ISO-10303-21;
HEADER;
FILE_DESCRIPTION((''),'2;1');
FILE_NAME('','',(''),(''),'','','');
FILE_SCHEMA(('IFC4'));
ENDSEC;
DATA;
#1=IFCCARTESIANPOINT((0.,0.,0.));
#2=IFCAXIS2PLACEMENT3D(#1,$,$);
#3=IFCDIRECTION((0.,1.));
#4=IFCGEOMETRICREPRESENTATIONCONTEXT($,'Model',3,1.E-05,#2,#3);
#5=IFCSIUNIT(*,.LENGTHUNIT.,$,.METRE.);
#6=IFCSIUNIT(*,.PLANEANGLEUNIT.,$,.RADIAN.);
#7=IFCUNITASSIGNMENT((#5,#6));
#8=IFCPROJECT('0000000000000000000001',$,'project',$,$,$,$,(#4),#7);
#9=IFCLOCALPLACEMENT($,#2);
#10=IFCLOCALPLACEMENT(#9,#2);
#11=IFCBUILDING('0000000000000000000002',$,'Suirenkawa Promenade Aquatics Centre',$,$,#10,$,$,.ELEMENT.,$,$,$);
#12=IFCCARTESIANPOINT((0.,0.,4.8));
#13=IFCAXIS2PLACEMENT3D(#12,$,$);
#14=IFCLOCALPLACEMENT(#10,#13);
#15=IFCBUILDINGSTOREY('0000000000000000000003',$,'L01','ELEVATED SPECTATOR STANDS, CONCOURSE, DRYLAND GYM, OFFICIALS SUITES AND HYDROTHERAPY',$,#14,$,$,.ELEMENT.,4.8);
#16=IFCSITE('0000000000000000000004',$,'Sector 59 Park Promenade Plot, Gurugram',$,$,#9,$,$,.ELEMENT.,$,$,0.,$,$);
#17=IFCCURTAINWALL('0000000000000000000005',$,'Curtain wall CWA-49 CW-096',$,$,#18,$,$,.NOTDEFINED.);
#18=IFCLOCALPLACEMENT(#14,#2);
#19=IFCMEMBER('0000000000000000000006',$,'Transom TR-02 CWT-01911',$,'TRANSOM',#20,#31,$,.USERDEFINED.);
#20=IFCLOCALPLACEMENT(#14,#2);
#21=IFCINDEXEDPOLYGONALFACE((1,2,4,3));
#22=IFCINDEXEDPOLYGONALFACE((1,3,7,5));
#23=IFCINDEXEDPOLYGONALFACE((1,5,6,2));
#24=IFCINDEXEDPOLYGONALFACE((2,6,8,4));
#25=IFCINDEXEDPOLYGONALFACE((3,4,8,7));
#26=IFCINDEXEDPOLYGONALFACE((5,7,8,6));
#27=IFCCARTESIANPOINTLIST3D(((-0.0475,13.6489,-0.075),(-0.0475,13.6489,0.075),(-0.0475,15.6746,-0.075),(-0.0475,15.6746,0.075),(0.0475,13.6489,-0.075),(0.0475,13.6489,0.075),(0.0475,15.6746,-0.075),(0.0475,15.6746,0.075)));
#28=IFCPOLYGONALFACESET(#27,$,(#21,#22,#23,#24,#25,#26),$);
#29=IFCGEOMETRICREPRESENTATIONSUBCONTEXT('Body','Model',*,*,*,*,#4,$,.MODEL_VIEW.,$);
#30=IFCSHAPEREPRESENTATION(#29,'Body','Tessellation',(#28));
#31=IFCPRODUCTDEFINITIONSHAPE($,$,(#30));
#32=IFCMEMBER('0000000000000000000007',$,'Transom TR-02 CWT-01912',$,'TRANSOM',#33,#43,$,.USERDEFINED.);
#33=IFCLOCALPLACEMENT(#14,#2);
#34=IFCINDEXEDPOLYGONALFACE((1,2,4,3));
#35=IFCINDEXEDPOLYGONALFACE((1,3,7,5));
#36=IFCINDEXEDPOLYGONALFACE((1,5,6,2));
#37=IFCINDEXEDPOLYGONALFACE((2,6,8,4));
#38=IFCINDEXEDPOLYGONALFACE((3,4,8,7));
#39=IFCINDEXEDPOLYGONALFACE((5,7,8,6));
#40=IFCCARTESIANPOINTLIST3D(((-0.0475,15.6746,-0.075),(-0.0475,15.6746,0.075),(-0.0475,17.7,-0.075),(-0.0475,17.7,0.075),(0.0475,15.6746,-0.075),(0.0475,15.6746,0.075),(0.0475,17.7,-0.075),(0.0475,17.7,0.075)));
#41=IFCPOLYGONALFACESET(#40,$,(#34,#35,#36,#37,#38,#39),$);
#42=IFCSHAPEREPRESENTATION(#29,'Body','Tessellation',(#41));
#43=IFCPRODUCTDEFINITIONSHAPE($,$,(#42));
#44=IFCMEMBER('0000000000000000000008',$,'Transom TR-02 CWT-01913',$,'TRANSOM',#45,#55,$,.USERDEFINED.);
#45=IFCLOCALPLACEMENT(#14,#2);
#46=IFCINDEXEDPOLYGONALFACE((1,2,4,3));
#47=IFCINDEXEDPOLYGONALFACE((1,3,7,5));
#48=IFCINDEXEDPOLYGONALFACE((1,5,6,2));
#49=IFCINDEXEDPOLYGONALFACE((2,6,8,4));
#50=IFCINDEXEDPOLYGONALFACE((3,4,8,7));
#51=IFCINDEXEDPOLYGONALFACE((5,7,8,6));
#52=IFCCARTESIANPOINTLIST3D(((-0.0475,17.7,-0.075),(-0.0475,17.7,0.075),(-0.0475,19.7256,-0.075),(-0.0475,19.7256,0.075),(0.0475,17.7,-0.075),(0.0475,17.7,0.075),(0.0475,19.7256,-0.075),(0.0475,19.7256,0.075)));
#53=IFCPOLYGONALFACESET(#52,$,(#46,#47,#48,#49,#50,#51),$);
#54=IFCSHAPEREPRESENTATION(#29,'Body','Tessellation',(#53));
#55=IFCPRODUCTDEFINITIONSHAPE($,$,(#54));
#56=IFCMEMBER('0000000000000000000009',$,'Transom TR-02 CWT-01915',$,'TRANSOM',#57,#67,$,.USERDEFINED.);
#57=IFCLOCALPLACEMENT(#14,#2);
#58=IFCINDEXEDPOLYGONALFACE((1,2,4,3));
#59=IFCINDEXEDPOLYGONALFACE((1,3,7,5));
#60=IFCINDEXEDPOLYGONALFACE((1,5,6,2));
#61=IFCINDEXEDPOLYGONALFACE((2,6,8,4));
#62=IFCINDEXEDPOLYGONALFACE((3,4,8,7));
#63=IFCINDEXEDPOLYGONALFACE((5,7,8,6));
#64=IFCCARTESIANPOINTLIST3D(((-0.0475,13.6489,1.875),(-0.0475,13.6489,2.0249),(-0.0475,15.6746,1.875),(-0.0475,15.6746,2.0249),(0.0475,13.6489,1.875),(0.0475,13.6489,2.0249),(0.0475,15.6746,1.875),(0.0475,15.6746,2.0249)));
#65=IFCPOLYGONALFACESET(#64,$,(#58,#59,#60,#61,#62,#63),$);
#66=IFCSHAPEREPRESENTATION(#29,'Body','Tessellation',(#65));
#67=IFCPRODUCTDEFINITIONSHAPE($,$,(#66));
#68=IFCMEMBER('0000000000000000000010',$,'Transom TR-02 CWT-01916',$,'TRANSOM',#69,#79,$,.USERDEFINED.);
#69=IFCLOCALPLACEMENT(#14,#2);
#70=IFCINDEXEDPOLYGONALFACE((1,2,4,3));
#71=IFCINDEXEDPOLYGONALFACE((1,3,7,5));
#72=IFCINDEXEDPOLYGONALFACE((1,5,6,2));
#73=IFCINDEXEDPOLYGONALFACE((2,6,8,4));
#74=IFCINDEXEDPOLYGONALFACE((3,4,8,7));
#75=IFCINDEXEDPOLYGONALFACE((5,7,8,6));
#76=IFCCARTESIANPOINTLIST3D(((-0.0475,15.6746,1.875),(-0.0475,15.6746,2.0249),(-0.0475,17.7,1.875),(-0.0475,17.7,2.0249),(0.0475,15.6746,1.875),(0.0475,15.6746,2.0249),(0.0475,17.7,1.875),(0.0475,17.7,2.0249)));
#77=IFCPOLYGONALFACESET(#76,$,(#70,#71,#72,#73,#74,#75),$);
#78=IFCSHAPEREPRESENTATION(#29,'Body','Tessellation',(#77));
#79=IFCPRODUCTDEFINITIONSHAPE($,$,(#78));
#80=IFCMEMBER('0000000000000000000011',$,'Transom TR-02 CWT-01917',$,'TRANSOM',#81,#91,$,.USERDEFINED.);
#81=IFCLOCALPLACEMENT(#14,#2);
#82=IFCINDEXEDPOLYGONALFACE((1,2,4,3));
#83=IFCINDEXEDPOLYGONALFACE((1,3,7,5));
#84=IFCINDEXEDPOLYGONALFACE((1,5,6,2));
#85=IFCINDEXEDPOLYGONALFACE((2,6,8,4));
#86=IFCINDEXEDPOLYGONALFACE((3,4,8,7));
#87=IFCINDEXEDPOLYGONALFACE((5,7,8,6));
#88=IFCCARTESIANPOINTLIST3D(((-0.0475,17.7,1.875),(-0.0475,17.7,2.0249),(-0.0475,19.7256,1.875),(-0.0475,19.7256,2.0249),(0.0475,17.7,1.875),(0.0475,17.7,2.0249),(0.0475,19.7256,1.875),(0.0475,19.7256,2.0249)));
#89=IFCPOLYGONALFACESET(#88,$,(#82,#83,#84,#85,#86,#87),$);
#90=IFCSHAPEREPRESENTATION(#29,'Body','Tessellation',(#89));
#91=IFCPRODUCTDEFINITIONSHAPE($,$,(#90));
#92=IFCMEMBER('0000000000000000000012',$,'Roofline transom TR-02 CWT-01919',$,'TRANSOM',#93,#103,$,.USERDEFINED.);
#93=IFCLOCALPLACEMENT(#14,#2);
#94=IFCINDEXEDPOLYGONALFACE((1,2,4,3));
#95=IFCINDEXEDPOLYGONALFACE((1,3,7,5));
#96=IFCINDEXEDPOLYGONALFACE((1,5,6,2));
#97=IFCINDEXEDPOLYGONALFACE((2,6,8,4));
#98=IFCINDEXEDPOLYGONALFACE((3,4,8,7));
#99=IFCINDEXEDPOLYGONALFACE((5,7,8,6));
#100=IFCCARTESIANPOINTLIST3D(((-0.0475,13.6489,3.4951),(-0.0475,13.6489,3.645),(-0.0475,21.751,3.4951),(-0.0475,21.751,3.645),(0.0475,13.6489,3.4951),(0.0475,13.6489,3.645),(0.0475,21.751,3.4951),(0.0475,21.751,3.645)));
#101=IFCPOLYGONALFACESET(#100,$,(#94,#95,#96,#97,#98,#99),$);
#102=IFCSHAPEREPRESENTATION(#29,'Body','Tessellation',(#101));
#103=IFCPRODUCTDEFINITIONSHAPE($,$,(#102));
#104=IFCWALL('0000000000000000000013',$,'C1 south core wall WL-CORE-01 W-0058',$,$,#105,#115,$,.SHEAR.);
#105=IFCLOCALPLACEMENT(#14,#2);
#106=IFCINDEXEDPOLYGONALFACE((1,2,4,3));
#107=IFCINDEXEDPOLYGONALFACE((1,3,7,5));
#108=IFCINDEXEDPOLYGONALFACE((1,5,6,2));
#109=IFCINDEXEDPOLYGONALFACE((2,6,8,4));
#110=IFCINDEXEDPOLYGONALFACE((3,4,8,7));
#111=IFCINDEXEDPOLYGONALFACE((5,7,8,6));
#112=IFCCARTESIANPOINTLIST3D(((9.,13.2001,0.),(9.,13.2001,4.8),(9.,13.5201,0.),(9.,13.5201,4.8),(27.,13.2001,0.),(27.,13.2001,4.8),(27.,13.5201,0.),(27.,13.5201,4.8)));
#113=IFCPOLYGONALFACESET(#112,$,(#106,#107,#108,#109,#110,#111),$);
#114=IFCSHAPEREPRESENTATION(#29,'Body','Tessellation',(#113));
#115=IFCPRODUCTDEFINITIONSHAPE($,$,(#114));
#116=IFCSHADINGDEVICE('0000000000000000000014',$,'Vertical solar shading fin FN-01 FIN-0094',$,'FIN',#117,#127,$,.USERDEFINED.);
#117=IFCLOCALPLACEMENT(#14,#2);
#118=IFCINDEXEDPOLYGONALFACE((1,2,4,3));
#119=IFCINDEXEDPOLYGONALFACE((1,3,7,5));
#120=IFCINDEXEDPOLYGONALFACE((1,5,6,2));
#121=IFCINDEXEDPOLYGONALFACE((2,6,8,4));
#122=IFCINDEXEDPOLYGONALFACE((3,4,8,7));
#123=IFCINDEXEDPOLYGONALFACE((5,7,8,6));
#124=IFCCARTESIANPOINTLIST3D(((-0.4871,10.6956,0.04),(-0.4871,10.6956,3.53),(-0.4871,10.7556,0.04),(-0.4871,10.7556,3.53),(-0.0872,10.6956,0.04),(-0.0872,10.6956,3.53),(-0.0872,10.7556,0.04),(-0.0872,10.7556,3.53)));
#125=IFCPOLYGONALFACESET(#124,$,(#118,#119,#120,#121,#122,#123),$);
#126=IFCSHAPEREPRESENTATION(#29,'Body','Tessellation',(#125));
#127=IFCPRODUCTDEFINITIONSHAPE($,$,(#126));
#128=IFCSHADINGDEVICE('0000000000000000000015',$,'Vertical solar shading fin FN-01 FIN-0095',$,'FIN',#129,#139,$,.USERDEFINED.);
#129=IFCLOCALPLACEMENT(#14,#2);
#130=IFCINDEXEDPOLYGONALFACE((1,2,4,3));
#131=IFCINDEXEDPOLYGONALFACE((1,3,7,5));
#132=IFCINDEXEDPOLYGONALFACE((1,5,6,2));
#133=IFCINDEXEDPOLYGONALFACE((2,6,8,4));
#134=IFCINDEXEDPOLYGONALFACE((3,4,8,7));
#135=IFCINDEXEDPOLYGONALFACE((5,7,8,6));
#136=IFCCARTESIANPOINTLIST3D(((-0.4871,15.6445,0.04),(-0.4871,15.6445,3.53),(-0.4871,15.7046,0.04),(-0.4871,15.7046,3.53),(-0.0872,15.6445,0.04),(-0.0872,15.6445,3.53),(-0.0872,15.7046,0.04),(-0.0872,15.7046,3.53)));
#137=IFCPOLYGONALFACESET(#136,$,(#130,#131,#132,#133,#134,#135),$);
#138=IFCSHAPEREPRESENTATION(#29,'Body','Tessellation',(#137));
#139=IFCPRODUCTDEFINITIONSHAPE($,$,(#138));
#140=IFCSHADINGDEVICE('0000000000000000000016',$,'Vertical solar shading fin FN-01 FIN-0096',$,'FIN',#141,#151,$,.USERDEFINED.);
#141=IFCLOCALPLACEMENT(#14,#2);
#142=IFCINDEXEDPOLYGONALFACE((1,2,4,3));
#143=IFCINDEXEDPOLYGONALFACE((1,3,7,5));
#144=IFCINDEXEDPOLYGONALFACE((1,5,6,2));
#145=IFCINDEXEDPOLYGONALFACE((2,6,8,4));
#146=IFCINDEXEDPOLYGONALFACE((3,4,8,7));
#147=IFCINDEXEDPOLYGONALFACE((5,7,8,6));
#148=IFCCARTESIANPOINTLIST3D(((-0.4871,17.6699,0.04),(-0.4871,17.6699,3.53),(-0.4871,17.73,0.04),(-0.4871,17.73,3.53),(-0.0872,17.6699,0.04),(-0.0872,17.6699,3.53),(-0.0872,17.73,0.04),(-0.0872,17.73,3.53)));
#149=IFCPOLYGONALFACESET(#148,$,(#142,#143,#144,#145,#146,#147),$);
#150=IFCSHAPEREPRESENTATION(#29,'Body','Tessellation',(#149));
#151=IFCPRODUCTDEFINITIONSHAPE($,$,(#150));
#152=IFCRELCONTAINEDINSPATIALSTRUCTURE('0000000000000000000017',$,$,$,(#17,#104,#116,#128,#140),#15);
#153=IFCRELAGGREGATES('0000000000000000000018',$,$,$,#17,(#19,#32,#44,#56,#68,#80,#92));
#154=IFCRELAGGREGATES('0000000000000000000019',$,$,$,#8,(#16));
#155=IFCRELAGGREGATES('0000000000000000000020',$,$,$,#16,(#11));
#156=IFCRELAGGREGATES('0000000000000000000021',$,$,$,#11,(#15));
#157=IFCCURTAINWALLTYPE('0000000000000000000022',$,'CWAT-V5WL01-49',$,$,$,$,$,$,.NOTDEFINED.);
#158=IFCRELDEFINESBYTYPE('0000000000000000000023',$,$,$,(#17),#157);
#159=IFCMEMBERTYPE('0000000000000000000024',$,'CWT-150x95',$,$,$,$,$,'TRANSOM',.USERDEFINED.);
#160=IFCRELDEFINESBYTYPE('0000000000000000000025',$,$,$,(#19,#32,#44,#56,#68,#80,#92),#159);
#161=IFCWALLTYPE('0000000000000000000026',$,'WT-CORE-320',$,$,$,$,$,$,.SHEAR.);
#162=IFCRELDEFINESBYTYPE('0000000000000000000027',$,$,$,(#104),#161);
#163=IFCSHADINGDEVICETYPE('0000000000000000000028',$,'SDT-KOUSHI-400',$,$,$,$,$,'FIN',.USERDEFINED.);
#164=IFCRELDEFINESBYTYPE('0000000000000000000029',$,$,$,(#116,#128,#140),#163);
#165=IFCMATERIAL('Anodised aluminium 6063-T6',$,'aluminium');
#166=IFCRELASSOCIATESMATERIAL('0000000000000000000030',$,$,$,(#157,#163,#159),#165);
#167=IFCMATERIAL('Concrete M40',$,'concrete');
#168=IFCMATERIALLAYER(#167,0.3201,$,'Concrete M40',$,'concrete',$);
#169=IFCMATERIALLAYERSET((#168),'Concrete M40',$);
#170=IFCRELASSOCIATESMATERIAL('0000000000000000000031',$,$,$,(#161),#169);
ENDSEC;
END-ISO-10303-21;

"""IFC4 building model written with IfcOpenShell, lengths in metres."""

from ifc_helpers import new_model, si_unit, direction, frame, frame_2d, origin, origin_2d, place, context, subcontext, project, spatial, rectangle, extrude, material, layer, layer_set, material_profile, profile_set, type_object, element, aggregate, save


model = new_model("IFC4")

# Units and contexts
model_context = context("Model", 3, precision=1e-05, world=origin(), true_north=direction((0.0, 1.0)))
body_context = subcontext(model_context, "Body", "Model", "MODEL_VIEW")
ifc_project = project(units=[si_unit("LENGTHUNIT", "METRE"), si_unit("PLANEANGLEUNIT", "RADIAN")], contexts=[model_context])

# Site, building, storey
site_placement = place(None, origin())
site = spatial("IfcSite", under=ifc_project, at=site_placement, Name="Sector 59 Park Promenade Plot, Gurugram", CompositionType="ELEMENT", RefElevation=0.0)
building_placement = place(site_placement, origin())
building = spatial("IfcBuilding", under=site, at=building_placement, Name="Suirenkawa Promenade Aquatics Centre", CompositionType="ELEMENT")
storey_placement = place(building_placement, frame((0.0, 0.0, 4.8)))
storey = spatial("IfcBuildingStorey", under=building, at=storey_placement, Name="L01", Description="ELEVATED SPECTATOR STANDS, CONCOURSE, DRYLAND GYM, OFFICIALS SUITES AND HYDROTHERAPY", CompositionType="ELEMENT", Elevation=4.8)

# Shared definitions
ifc_material_1 = material(Name="Concrete M40", Category="concrete")

# Curtain wall
ifc_material_2 = material(Name="Anodised aluminium 6063-T6", Category="aluminium")
curtain_wall_type = type_object("IfcCurtainWallType", Name="CWAT-V5WL01-49", PredefinedType="NOTDEFINED", material=ifc_material_2)
curtain_wall_1_placement = place(storey_placement, origin())
curtain_wall_1 = element("IfcCurtainWall", 1, at=curtain_wall_1_placement, inside=storey, type_object=curtain_wall_type, Name="Curtain wall CWA-49 CW-096", PredefinedType="NOTDEFINED")

# Members
ifc_material_profile_1 = material_profile(ifc_material_2, rectangle(XDim=0.095, YDim=0.1499, at=origin_2d()), Name="ALU TRAN 95x150", Category="aluminium")
ifc_profile_set_1 = profile_set([ifc_material_profile_1], Name="Anodised aluminium 6063-T6")
member_type_1 = type_object("IfcMemberType", Name="CWT-150x95", ElementType="TRANSOM", PredefinedType="USERDEFINED", material=ifc_profile_set_1)
member_1_placement = place(storey_placement, frame((0.0, 13.6489, 0.0), z_axis=(0.0, 1.0, 0.0), x_axis=(-1.0, 0.0, 0.0)))
member_1 = element("IfcMember", 2, at=member_1_placement, type_object=member_type_1, Name="Transom TR-02 CWT-01911", ObjectType="TRANSOM", PredefinedType="USERDEFINED", context=body_context, shape_type="SweptSolid", body=[
    extrude(rectangle(XDim=0.095, YDim=0.1499, at=origin_2d()), origin(), (0.0, 0.0, 1.0), 2.0256),
])
member_2_placement = place(storey_placement, frame((0.0, 15.6746, 0.0), z_axis=(0.0, 1.0, 0.0), x_axis=(-1.0, 0.0, 0.0)))
member_2 = element("IfcMember", 3, at=member_2_placement, type_object=member_type_1, Name="Transom TR-02 CWT-01912", ObjectType="TRANSOM", PredefinedType="USERDEFINED", context=body_context, shape_type="SweptSolid", body=[
    extrude(rectangle(XDim=0.095, YDim=0.1499, at=origin_2d()), origin(), (0.0, 0.0, 1.0), 2.0254),
])
member_3_placement = place(storey_placement, frame((0.0, 17.7, 0.0), z_axis=(0.0, 1.0, 0.0), x_axis=(-1.0, 0.0, 0.0)))
member_3 = element("IfcMember", 4, at=member_3_placement, type_object=member_type_1, Name="Transom TR-02 CWT-01913", ObjectType="TRANSOM", PredefinedType="USERDEFINED", context=body_context, shape_type="SweptSolid", body=[
    extrude(rectangle(XDim=0.095, YDim=0.1499, at=origin_2d()), origin(), (0.0, 0.0, 1.0), 2.0256),
])
member_4_placement = place(storey_placement, frame((0.0, 13.6489, 1.95), z_axis=(0.0, 1.0, 0.0), x_axis=(-1.0, 0.0, 0.0)))
member_4 = element("IfcMember", 5, at=member_4_placement, type_object=member_type_1, Name="Transom TR-02 CWT-01915", ObjectType="TRANSOM", PredefinedType="USERDEFINED", context=body_context, shape_type="SweptSolid", body=[
    extrude(rectangle(XDim=0.095, YDim=0.1499, at=origin_2d()), origin(), (0.0, 0.0, 1.0), 2.0256),
])
member_5_placement = place(storey_placement, frame((0.0, 15.6746, 1.95), z_axis=(0.0, 1.0, 0.0), x_axis=(-1.0, 0.0, 0.0)))
member_5 = element("IfcMember", 6, at=member_5_placement, type_object=member_type_1, Name="Transom TR-02 CWT-01916", ObjectType="TRANSOM", PredefinedType="USERDEFINED", context=body_context, shape_type="SweptSolid", body=[
    extrude(rectangle(XDim=0.095, YDim=0.1499, at=origin_2d()), origin(), (0.0, 0.0, 1.0), 2.0254),
])
member_6_placement = place(storey_placement, frame((0.0, 17.7, 1.95), z_axis=(0.0, 1.0, 0.0), x_axis=(-1.0, 0.0, 0.0)))
member_6 = element("IfcMember", 7, at=member_6_placement, type_object=member_type_1, Name="Transom TR-02 CWT-01917", ObjectType="TRANSOM", PredefinedType="USERDEFINED", context=body_context, shape_type="SweptSolid", body=[
    extrude(rectangle(XDim=0.095, YDim=0.1499, at=origin_2d()), origin(), (0.0, 0.0, 1.0), 2.0256),
])
member_7_placement = place(storey_placement, frame((0.0, 13.6489, 3.5701), z_axis=(0.0, 1.0, 0.0), x_axis=(-1.0, 0.0, 0.0)))
member_7 = element("IfcMember", 8, at=member_7_placement, type_object=member_type_1, Name="Roofline transom TR-02 CWT-01919", ObjectType="TRANSOM", PredefinedType="USERDEFINED", context=body_context, shape_type="SweptSolid", body=[
    extrude(rectangle(XDim=0.095, YDim=0.1499, at=origin_2d()), origin(), (0.0, 0.0, 1.0), 8.1021),
])

aggregate(curtain_wall_1, [member_1, member_2, member_3, member_4, member_5, member_6, member_7])

# Wall
ifc_layer_1 = layer(ifc_material_1, 0.3201, Name="Concrete M40", Category="concrete")
ifc_layer_set_1 = layer_set([ifc_layer_1], Name="Concrete M40")
wall_type = type_object("IfcWallType", Name="WT-CORE-320", PredefinedType="SHEAR", material=ifc_layer_set_1)
wall_placement = place(storey_placement, frame((9.0, 13.3601, 0.0), z_axis=(0.0, 0.0, 1.0), x_axis=(1.0, 0.0, 0.0)))
element("IfcWall", 9, at=wall_placement, inside=storey, type_object=wall_type, Name="C1 south core wall WL-CORE-01 W-0058", PredefinedType="SHEAR", context=body_context, shape_type="SweptSolid", body=[
    extrude(rectangle(XDim=18.0, YDim=0.3201, at=frame_2d((9.0, 0.0))), origin(), (0.0, 0.0, 1.0), 4.8),
])

# Shading devices
shading_device_type = type_object("IfcShadingDeviceType", Name="SDT-KOUSHI-400", ElementType="FIN", PredefinedType="USERDEFINED", material=ifc_material_2)
for number, where, z_axis, x_axis, name in (
    (10, (-0.2871, 10.7256, 0.04), (0.0, 0.0, 1.0), (-1.0, 0.0, 0.0), "Vertical solar shading fin FN-01 FIN-0094"),
    (11, (-0.2871, 15.6746, 0.04), (0.0, 0.0, 1.0), (-1.0, 0.0, 0.0), "Vertical solar shading fin FN-01 FIN-0095"),
    (12, (-0.2871, 17.7, 0.04), (0.0, 0.0, 1.0), (-1.0, 0.0, 0.0), "Vertical solar shading fin FN-01 FIN-0096"),
):
    element("IfcShadingDevice", number, at=place(storey_placement, frame(where, z_axis=z_axis, x_axis=x_axis)), inside=storey, type_object=shading_device_type, Name=name, ObjectType="FIN", PredefinedType="USERDEFINED", context=body_context, shape_type="SweptSolid", body=[
        extrude(rectangle(XDim=0.3999, YDim=0.0601, at=origin_2d()), origin(), (0.0, 0.0, 1.0), 3.49),
    ])

save(model, "model.ifc")
